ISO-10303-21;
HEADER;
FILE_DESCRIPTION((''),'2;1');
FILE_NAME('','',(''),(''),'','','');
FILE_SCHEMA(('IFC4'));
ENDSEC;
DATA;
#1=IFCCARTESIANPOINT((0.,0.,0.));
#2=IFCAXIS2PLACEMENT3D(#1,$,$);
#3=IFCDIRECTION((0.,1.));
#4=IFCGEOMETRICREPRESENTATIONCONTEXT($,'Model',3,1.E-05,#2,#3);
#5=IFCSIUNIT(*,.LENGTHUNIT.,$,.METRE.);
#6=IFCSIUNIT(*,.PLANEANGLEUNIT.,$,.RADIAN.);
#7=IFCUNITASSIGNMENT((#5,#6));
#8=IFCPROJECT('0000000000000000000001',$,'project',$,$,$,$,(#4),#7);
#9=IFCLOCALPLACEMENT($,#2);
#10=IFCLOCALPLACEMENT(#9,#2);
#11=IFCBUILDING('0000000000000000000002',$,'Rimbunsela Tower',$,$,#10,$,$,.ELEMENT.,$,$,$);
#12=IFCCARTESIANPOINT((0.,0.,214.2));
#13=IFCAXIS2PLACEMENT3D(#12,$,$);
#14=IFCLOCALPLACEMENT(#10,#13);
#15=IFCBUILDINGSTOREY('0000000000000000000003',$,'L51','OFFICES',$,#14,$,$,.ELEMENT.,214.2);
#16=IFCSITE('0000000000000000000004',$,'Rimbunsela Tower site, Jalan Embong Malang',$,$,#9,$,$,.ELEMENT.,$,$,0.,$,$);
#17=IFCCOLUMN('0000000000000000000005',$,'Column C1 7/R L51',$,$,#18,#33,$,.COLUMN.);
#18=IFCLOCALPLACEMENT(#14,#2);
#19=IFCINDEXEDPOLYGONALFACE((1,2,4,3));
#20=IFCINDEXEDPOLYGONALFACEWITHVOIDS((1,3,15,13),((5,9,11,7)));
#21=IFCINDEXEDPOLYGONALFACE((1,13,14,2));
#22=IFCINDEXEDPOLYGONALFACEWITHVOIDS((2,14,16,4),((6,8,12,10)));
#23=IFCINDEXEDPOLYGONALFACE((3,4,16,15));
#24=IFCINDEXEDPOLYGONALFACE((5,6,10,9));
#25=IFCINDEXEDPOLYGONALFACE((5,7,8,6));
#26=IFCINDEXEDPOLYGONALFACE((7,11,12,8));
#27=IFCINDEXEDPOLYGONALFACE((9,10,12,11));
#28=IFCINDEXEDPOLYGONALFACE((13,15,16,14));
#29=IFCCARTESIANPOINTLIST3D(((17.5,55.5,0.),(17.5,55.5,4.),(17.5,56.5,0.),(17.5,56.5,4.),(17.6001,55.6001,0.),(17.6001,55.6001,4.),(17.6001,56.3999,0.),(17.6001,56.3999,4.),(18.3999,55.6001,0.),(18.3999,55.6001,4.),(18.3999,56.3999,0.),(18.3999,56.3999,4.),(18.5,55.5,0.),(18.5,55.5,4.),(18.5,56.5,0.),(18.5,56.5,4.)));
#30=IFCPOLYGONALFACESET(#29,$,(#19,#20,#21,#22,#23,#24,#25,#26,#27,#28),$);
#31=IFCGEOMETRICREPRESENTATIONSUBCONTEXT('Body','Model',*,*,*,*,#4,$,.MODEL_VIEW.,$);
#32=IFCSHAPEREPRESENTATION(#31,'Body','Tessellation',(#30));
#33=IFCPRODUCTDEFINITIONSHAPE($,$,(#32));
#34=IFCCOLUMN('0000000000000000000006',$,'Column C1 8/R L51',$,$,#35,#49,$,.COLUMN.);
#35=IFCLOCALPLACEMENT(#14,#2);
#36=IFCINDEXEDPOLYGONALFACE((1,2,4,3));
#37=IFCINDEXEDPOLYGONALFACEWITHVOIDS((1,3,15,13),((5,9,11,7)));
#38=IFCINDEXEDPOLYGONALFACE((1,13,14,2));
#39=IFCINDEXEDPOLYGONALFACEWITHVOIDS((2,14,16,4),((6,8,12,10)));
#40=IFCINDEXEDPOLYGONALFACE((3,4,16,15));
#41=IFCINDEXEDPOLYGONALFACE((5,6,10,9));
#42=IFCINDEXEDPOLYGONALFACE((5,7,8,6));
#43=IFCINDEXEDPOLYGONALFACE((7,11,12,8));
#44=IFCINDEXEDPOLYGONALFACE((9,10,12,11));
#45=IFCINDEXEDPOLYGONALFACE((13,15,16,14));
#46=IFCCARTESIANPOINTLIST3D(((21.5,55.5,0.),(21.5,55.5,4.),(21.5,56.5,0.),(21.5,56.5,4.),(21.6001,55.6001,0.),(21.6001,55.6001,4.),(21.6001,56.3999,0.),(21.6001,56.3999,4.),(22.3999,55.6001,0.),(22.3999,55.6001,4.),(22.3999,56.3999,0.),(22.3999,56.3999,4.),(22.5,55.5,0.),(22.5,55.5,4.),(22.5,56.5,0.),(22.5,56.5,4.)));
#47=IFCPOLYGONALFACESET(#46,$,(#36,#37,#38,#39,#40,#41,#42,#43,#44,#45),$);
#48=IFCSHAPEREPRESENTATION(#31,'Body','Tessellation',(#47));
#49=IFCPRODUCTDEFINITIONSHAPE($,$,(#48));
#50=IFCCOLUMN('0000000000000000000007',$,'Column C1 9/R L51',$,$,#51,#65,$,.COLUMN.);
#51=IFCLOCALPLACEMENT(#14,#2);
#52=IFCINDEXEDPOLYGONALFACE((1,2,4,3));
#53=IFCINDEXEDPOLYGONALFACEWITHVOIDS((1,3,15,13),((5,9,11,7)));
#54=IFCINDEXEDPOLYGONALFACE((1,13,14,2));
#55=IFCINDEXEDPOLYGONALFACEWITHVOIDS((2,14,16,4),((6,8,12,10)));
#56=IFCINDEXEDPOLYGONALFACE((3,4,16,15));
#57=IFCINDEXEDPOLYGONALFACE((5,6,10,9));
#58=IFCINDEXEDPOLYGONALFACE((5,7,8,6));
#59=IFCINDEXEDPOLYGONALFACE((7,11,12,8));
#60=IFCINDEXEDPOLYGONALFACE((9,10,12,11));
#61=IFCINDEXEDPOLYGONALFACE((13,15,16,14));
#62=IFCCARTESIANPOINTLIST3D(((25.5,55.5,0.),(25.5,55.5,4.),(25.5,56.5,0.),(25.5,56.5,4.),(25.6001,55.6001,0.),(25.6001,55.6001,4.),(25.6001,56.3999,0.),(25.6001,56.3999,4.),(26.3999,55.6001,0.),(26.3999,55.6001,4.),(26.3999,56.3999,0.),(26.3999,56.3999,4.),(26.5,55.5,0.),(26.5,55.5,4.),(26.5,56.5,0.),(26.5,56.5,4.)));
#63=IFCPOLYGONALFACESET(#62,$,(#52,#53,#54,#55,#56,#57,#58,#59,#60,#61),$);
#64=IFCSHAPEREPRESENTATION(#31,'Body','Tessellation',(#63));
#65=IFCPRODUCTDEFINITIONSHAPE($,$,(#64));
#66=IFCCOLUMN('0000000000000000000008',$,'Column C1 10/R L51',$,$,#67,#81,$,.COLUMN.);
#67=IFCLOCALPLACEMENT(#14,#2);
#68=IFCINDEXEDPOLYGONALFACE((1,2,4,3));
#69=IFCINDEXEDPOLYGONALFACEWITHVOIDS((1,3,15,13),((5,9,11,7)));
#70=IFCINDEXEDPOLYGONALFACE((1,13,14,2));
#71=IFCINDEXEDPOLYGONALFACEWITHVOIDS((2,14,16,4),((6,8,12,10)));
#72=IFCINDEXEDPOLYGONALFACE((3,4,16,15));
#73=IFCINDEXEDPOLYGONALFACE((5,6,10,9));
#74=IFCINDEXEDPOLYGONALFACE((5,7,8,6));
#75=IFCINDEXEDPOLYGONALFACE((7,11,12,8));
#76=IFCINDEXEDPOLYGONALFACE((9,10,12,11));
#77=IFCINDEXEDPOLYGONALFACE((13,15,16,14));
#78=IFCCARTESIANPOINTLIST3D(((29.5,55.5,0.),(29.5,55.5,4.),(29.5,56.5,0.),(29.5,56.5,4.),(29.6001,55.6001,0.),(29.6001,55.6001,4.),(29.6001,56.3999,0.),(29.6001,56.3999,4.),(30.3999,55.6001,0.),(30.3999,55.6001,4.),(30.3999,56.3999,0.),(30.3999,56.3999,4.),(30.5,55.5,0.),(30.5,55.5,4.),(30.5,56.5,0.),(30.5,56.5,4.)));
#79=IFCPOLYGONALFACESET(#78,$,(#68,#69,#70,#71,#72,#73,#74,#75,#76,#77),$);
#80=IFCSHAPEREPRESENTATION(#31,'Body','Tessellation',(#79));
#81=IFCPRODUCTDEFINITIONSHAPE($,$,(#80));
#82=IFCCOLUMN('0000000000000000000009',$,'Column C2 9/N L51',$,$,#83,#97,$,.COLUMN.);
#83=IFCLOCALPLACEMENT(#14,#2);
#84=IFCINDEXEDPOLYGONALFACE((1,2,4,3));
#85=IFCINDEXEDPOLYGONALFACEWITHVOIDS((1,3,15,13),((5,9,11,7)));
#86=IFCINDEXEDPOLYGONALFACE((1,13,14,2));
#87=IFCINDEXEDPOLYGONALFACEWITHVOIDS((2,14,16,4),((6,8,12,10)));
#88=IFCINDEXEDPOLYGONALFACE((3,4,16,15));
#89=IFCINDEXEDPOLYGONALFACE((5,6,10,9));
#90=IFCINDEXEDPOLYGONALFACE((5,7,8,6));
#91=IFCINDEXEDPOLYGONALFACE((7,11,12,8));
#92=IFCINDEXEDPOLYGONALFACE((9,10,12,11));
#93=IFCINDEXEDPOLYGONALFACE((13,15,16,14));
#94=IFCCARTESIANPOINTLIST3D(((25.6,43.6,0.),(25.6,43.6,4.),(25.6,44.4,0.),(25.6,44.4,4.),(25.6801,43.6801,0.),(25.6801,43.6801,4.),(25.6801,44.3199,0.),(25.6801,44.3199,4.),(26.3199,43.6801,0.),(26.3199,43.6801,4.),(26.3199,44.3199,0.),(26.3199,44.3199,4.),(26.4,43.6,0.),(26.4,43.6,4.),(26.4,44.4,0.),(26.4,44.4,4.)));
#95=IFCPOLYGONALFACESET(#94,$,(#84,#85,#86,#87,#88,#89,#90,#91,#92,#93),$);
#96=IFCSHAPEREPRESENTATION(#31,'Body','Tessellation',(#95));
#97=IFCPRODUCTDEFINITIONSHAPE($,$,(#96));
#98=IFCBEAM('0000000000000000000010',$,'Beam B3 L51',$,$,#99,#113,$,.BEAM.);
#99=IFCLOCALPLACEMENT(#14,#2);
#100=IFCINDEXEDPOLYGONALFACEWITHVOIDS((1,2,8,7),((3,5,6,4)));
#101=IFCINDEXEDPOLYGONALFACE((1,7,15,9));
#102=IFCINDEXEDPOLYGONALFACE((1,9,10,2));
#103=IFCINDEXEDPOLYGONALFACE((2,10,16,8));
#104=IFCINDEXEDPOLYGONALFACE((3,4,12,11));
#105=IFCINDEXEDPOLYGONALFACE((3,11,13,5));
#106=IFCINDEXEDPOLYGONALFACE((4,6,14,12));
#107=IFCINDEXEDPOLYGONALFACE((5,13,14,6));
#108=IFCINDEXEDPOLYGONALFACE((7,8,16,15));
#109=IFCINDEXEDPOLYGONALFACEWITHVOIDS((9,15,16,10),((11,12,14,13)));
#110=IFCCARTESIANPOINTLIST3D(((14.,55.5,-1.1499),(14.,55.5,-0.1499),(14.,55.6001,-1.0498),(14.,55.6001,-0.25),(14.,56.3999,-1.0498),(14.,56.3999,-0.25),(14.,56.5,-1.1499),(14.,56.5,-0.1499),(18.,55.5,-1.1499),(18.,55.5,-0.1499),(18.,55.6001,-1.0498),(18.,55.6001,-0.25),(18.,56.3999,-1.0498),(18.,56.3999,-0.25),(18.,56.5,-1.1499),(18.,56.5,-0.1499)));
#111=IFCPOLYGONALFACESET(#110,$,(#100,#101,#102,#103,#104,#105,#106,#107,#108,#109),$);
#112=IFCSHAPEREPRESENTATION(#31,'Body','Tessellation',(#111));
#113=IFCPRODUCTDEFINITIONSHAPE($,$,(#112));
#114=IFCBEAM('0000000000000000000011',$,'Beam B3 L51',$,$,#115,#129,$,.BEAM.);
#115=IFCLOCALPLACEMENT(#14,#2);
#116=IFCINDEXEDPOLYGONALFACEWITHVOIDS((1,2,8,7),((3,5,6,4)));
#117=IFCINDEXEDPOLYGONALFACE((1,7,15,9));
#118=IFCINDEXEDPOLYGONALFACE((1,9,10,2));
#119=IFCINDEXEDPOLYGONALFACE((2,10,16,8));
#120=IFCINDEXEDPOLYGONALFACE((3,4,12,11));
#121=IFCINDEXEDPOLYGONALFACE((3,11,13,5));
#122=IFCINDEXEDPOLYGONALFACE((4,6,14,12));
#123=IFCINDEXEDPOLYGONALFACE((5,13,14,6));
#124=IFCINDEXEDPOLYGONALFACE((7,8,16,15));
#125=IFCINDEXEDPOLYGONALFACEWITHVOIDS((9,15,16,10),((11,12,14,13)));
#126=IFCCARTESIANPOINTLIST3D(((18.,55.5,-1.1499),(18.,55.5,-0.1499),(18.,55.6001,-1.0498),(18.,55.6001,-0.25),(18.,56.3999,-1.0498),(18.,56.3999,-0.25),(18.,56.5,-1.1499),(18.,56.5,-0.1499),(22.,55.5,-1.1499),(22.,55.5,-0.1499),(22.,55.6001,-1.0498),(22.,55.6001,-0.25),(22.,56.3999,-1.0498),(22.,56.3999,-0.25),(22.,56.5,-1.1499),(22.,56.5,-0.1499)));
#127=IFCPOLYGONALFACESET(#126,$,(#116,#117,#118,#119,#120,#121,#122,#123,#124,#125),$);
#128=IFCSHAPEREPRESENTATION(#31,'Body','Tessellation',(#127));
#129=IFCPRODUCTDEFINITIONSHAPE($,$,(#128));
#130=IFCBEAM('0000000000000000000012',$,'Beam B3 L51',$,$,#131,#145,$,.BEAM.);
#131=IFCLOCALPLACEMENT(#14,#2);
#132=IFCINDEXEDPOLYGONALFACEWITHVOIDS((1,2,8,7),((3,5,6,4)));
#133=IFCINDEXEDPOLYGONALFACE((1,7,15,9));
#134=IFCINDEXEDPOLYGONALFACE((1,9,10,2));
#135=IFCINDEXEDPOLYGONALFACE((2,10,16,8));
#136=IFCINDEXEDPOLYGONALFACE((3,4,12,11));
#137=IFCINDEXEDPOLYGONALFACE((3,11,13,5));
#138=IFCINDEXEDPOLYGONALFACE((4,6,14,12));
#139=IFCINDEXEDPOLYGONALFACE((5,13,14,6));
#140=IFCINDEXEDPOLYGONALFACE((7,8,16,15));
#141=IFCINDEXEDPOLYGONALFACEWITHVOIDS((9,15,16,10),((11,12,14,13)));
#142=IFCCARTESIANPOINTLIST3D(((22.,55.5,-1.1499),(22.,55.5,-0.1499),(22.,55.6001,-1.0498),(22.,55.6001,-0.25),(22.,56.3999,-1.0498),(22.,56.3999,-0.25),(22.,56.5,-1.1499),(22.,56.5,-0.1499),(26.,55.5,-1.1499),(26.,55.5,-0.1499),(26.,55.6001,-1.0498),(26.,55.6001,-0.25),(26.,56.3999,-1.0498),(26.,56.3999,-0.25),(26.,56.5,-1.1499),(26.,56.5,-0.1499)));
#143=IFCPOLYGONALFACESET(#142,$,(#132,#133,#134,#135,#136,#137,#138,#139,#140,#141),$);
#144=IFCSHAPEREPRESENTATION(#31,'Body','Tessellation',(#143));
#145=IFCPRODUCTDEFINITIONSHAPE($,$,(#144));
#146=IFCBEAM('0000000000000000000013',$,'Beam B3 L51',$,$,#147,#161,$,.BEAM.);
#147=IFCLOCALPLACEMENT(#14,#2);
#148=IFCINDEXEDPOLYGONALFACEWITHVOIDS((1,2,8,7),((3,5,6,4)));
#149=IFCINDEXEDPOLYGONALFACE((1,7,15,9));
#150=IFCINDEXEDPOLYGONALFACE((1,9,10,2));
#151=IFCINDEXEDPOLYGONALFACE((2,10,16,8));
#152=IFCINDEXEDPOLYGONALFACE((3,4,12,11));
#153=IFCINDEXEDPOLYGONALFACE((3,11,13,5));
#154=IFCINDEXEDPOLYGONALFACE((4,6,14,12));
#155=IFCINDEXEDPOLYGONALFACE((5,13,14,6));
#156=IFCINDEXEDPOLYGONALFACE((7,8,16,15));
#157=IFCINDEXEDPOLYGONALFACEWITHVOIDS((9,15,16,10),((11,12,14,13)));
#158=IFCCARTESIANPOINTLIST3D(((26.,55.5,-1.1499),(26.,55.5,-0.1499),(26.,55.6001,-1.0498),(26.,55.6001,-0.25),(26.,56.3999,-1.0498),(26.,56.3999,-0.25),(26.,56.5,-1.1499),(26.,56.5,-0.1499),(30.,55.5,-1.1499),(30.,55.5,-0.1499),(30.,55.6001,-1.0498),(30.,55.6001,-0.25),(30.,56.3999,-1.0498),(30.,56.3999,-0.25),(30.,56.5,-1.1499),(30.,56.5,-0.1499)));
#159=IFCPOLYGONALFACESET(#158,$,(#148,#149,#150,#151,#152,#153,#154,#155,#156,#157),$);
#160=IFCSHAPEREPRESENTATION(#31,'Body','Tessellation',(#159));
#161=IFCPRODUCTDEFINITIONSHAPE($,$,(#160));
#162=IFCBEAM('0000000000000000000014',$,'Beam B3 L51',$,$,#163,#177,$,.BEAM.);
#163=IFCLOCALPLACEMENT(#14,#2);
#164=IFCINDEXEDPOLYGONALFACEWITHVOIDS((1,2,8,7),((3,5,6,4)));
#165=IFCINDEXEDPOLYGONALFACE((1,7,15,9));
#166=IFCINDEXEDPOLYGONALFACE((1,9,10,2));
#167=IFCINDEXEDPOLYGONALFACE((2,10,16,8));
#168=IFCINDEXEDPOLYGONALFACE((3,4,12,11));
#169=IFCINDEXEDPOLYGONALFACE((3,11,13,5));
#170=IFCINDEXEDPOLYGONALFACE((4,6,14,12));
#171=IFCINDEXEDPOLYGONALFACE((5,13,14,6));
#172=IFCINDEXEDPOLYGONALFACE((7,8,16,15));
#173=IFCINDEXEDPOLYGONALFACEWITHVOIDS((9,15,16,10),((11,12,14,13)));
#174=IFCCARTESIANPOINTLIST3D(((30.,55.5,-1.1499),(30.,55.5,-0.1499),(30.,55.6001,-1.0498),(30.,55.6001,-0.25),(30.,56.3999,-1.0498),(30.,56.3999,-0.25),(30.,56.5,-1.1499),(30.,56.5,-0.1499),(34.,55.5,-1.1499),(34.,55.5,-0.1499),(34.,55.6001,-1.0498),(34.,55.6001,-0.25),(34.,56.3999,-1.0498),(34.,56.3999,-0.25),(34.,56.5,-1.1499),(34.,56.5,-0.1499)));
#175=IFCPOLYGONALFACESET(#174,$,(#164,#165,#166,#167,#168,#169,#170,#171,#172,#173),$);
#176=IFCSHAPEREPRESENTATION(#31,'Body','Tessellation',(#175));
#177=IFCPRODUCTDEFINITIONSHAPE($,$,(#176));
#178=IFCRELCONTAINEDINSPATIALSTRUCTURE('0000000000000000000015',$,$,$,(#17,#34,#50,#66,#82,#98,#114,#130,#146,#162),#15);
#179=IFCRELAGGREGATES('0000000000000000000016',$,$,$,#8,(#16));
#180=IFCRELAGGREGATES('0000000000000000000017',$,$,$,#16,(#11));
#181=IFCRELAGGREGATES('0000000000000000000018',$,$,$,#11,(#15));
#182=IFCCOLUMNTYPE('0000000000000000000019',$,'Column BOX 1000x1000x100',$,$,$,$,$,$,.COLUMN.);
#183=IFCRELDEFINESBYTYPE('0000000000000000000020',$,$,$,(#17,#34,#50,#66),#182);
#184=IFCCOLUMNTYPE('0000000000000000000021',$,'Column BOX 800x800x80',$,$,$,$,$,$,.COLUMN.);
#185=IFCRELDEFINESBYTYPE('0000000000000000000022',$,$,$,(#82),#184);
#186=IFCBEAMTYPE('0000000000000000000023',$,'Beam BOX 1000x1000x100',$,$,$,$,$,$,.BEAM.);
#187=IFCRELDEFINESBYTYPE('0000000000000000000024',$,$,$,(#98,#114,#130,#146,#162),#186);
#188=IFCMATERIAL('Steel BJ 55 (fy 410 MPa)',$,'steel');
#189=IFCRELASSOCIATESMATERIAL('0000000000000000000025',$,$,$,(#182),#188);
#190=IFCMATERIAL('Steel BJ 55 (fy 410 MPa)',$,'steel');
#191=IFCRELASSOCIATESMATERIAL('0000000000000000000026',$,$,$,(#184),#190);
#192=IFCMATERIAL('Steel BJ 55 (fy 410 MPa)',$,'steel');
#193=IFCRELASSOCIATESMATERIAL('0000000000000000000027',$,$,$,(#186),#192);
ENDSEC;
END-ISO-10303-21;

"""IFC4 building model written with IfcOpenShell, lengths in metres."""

from ifc_helpers import new_model, si_unit, direction, frame, origin, origin_2d, place, context, subcontext, project, spatial, hollow_rectangle, extrude, material, material_profile, profile_set, type_object, element, save


model = new_model("IFC4")

# Units and contexts
model_context = context("Model", 3, precision=1e-05, world=origin(), true_north=direction((0.0, 1.0)))
body_context = subcontext(model_context, "Body", "Model", "MODEL_VIEW")
ifc_project = project(units=[si_unit("LENGTHUNIT", "METRE"), si_unit("PLANEANGLEUNIT", "RADIAN")], contexts=[model_context])

# Site, building, storey
site_placement = place(None, origin())
site = spatial("IfcSite", under=ifc_project, at=site_placement, Name="Rimbunsela Tower site, Jalan Embong Malang", CompositionType="ELEMENT", RefElevation=0.0)
building_placement = place(site_placement, origin())
building = spatial("IfcBuilding", under=site, at=building_placement, Name="Rimbunsela Tower", CompositionType="ELEMENT")
storey_placement = place(building_placement, frame((0.0, 0.0, 214.2)))
storey = spatial("IfcBuildingStorey", under=building, at=storey_placement, Name="L51", Description="OFFICES", CompositionType="ELEMENT", Elevation=214.2)

# Columns
ifc_material_1 = material(Name="Steel BJ 55 (fy 410 MPa)", Category="steel")
ifc_material_profile_1 = material_profile(ifc_material_1, hollow_rectangle(XDim=1.0, YDim=1.0, WallThickness=0.1001, at=origin_2d()), Name="BOX 1000x1000x100")
ifc_profile_set_1 = profile_set([ifc_material_profile_1], Name="Steel BJ 55 (fy 410 MPa)")
column_type_1 = type_object("IfcColumnType", Name="Column BOX 1000x1000x100", PredefinedType="COLUMN", material=ifc_profile_set_1)
for number, where, z_axis, x_axis, name in (
    (1, (18.0, 56.0, 0.0), (0.0, 0.0, 1.0), (1.0, 0.0, 0.0), "Column C1 7/R L51"),
    (2, (22.0, 56.0, 0.0), (0.0, 0.0, 1.0), (1.0, 0.0, 0.0), "Column C1 8/R L51"),
    (3, (26.0, 56.0, 0.0), (0.0, 0.0, 1.0), (1.0, 0.0, 0.0), "Column C1 9/R L51"),
    (4, (30.0, 56.0, 0.0), (0.0, 0.0, 1.0), (1.0, 0.0, 0.0), "Column C1 10/R L51"),
):
    element("IfcColumn", number, at=place(storey_placement, frame(where, z_axis=z_axis, x_axis=x_axis)), inside=storey, type_object=column_type_1, Name=name, PredefinedType="COLUMN", context=body_context, shape_type="SweptSolid", body=[
        extrude(hollow_rectangle(XDim=1.0, YDim=1.0, WallThickness=0.1001, at=origin_2d()), origin(), (0.0, 0.0, 1.0), 4.0),
    ])
ifc_material_2 = material(Name="Steel BJ 55 (fy 410 MPa)", Category="steel")
ifc_material_profile_2 = material_profile(ifc_material_2, hollow_rectangle(XDim=0.8, YDim=0.8, WallThickness=0.0801, at=origin_2d()), Name="BOX 800x800x80")
ifc_profile_set_2 = profile_set([ifc_material_profile_2], Name="Steel BJ 55 (fy 410 MPa)")
column_type_2 = type_object("IfcColumnType", Name="Column BOX 800x800x80", PredefinedType="COLUMN", material=ifc_profile_set_2)
column_placement = place(storey_placement, frame((26.0, 44.0, 0.0), z_axis=(0.0, 0.0, 1.0), x_axis=(1.0, 0.0, 0.0)))
element("IfcColumn", 5, at=column_placement, inside=storey, type_object=column_type_2, Name="Column C2 9/N L51", PredefinedType="COLUMN", context=body_context, shape_type="SweptSolid", body=[
    extrude(hollow_rectangle(XDim=0.8, YDim=0.8, WallThickness=0.0801, at=origin_2d()), origin(), (0.0, 0.0, 1.0), 4.0),
])

# Beams
ifc_material_3 = material(Name="Steel BJ 55 (fy 410 MPa)", Category="steel")
ifc_material_profile_3 = material_profile(ifc_material_3, hollow_rectangle(XDim=1.0, YDim=1.0, WallThickness=0.1001, at=origin_2d()), Name="BOX 1000x1000x100")
ifc_profile_set_3 = profile_set([ifc_material_profile_3], Name="Steel BJ 55 (fy 410 MPa)")
beam_type_1 = type_object("IfcBeamType", Name="Beam BOX 1000x1000x100", PredefinedType="BEAM", material=ifc_profile_set_3)
for number, where, z_axis, x_axis, name in (
    (6, (14.0, 56.0, -0.6499), (1.0, 0.0, 0.0), (0.0, 1.0, 0.0), "Beam B3 L51"),
    (7, (18.0, 56.0, -0.6499), (1.0, 0.0, 0.0), (0.0, 1.0, 0.0), "Beam B3 L51"),
    (8, (22.0, 56.0, -0.6499), (1.0, 0.0, 0.0), (0.0, 1.0, 0.0), "Beam B3 L51"),
    (9, (26.0, 56.0, -0.6499), (1.0, 0.0, 0.0), (0.0, 1.0, 0.0), "Beam B3 L51"),
    (10, (30.0, 56.0, -0.6499), (1.0, 0.0, 0.0), (0.0, 1.0, 0.0), "Beam B3 L51"),
):
    element("IfcBeam", number, at=place(storey_placement, frame(where, z_axis=z_axis, x_axis=x_axis)), inside=storey, type_object=beam_type_1, Name=name, PredefinedType="BEAM", context=body_context, shape_type="SweptSolid", body=[
        extrude(hollow_rectangle(XDim=1.0, YDim=1.0, WallThickness=0.1001, at=origin_2d()), origin(), (0.0, 0.0, 1.0), 4.0),
    ])

save(model, "model.ifc")
